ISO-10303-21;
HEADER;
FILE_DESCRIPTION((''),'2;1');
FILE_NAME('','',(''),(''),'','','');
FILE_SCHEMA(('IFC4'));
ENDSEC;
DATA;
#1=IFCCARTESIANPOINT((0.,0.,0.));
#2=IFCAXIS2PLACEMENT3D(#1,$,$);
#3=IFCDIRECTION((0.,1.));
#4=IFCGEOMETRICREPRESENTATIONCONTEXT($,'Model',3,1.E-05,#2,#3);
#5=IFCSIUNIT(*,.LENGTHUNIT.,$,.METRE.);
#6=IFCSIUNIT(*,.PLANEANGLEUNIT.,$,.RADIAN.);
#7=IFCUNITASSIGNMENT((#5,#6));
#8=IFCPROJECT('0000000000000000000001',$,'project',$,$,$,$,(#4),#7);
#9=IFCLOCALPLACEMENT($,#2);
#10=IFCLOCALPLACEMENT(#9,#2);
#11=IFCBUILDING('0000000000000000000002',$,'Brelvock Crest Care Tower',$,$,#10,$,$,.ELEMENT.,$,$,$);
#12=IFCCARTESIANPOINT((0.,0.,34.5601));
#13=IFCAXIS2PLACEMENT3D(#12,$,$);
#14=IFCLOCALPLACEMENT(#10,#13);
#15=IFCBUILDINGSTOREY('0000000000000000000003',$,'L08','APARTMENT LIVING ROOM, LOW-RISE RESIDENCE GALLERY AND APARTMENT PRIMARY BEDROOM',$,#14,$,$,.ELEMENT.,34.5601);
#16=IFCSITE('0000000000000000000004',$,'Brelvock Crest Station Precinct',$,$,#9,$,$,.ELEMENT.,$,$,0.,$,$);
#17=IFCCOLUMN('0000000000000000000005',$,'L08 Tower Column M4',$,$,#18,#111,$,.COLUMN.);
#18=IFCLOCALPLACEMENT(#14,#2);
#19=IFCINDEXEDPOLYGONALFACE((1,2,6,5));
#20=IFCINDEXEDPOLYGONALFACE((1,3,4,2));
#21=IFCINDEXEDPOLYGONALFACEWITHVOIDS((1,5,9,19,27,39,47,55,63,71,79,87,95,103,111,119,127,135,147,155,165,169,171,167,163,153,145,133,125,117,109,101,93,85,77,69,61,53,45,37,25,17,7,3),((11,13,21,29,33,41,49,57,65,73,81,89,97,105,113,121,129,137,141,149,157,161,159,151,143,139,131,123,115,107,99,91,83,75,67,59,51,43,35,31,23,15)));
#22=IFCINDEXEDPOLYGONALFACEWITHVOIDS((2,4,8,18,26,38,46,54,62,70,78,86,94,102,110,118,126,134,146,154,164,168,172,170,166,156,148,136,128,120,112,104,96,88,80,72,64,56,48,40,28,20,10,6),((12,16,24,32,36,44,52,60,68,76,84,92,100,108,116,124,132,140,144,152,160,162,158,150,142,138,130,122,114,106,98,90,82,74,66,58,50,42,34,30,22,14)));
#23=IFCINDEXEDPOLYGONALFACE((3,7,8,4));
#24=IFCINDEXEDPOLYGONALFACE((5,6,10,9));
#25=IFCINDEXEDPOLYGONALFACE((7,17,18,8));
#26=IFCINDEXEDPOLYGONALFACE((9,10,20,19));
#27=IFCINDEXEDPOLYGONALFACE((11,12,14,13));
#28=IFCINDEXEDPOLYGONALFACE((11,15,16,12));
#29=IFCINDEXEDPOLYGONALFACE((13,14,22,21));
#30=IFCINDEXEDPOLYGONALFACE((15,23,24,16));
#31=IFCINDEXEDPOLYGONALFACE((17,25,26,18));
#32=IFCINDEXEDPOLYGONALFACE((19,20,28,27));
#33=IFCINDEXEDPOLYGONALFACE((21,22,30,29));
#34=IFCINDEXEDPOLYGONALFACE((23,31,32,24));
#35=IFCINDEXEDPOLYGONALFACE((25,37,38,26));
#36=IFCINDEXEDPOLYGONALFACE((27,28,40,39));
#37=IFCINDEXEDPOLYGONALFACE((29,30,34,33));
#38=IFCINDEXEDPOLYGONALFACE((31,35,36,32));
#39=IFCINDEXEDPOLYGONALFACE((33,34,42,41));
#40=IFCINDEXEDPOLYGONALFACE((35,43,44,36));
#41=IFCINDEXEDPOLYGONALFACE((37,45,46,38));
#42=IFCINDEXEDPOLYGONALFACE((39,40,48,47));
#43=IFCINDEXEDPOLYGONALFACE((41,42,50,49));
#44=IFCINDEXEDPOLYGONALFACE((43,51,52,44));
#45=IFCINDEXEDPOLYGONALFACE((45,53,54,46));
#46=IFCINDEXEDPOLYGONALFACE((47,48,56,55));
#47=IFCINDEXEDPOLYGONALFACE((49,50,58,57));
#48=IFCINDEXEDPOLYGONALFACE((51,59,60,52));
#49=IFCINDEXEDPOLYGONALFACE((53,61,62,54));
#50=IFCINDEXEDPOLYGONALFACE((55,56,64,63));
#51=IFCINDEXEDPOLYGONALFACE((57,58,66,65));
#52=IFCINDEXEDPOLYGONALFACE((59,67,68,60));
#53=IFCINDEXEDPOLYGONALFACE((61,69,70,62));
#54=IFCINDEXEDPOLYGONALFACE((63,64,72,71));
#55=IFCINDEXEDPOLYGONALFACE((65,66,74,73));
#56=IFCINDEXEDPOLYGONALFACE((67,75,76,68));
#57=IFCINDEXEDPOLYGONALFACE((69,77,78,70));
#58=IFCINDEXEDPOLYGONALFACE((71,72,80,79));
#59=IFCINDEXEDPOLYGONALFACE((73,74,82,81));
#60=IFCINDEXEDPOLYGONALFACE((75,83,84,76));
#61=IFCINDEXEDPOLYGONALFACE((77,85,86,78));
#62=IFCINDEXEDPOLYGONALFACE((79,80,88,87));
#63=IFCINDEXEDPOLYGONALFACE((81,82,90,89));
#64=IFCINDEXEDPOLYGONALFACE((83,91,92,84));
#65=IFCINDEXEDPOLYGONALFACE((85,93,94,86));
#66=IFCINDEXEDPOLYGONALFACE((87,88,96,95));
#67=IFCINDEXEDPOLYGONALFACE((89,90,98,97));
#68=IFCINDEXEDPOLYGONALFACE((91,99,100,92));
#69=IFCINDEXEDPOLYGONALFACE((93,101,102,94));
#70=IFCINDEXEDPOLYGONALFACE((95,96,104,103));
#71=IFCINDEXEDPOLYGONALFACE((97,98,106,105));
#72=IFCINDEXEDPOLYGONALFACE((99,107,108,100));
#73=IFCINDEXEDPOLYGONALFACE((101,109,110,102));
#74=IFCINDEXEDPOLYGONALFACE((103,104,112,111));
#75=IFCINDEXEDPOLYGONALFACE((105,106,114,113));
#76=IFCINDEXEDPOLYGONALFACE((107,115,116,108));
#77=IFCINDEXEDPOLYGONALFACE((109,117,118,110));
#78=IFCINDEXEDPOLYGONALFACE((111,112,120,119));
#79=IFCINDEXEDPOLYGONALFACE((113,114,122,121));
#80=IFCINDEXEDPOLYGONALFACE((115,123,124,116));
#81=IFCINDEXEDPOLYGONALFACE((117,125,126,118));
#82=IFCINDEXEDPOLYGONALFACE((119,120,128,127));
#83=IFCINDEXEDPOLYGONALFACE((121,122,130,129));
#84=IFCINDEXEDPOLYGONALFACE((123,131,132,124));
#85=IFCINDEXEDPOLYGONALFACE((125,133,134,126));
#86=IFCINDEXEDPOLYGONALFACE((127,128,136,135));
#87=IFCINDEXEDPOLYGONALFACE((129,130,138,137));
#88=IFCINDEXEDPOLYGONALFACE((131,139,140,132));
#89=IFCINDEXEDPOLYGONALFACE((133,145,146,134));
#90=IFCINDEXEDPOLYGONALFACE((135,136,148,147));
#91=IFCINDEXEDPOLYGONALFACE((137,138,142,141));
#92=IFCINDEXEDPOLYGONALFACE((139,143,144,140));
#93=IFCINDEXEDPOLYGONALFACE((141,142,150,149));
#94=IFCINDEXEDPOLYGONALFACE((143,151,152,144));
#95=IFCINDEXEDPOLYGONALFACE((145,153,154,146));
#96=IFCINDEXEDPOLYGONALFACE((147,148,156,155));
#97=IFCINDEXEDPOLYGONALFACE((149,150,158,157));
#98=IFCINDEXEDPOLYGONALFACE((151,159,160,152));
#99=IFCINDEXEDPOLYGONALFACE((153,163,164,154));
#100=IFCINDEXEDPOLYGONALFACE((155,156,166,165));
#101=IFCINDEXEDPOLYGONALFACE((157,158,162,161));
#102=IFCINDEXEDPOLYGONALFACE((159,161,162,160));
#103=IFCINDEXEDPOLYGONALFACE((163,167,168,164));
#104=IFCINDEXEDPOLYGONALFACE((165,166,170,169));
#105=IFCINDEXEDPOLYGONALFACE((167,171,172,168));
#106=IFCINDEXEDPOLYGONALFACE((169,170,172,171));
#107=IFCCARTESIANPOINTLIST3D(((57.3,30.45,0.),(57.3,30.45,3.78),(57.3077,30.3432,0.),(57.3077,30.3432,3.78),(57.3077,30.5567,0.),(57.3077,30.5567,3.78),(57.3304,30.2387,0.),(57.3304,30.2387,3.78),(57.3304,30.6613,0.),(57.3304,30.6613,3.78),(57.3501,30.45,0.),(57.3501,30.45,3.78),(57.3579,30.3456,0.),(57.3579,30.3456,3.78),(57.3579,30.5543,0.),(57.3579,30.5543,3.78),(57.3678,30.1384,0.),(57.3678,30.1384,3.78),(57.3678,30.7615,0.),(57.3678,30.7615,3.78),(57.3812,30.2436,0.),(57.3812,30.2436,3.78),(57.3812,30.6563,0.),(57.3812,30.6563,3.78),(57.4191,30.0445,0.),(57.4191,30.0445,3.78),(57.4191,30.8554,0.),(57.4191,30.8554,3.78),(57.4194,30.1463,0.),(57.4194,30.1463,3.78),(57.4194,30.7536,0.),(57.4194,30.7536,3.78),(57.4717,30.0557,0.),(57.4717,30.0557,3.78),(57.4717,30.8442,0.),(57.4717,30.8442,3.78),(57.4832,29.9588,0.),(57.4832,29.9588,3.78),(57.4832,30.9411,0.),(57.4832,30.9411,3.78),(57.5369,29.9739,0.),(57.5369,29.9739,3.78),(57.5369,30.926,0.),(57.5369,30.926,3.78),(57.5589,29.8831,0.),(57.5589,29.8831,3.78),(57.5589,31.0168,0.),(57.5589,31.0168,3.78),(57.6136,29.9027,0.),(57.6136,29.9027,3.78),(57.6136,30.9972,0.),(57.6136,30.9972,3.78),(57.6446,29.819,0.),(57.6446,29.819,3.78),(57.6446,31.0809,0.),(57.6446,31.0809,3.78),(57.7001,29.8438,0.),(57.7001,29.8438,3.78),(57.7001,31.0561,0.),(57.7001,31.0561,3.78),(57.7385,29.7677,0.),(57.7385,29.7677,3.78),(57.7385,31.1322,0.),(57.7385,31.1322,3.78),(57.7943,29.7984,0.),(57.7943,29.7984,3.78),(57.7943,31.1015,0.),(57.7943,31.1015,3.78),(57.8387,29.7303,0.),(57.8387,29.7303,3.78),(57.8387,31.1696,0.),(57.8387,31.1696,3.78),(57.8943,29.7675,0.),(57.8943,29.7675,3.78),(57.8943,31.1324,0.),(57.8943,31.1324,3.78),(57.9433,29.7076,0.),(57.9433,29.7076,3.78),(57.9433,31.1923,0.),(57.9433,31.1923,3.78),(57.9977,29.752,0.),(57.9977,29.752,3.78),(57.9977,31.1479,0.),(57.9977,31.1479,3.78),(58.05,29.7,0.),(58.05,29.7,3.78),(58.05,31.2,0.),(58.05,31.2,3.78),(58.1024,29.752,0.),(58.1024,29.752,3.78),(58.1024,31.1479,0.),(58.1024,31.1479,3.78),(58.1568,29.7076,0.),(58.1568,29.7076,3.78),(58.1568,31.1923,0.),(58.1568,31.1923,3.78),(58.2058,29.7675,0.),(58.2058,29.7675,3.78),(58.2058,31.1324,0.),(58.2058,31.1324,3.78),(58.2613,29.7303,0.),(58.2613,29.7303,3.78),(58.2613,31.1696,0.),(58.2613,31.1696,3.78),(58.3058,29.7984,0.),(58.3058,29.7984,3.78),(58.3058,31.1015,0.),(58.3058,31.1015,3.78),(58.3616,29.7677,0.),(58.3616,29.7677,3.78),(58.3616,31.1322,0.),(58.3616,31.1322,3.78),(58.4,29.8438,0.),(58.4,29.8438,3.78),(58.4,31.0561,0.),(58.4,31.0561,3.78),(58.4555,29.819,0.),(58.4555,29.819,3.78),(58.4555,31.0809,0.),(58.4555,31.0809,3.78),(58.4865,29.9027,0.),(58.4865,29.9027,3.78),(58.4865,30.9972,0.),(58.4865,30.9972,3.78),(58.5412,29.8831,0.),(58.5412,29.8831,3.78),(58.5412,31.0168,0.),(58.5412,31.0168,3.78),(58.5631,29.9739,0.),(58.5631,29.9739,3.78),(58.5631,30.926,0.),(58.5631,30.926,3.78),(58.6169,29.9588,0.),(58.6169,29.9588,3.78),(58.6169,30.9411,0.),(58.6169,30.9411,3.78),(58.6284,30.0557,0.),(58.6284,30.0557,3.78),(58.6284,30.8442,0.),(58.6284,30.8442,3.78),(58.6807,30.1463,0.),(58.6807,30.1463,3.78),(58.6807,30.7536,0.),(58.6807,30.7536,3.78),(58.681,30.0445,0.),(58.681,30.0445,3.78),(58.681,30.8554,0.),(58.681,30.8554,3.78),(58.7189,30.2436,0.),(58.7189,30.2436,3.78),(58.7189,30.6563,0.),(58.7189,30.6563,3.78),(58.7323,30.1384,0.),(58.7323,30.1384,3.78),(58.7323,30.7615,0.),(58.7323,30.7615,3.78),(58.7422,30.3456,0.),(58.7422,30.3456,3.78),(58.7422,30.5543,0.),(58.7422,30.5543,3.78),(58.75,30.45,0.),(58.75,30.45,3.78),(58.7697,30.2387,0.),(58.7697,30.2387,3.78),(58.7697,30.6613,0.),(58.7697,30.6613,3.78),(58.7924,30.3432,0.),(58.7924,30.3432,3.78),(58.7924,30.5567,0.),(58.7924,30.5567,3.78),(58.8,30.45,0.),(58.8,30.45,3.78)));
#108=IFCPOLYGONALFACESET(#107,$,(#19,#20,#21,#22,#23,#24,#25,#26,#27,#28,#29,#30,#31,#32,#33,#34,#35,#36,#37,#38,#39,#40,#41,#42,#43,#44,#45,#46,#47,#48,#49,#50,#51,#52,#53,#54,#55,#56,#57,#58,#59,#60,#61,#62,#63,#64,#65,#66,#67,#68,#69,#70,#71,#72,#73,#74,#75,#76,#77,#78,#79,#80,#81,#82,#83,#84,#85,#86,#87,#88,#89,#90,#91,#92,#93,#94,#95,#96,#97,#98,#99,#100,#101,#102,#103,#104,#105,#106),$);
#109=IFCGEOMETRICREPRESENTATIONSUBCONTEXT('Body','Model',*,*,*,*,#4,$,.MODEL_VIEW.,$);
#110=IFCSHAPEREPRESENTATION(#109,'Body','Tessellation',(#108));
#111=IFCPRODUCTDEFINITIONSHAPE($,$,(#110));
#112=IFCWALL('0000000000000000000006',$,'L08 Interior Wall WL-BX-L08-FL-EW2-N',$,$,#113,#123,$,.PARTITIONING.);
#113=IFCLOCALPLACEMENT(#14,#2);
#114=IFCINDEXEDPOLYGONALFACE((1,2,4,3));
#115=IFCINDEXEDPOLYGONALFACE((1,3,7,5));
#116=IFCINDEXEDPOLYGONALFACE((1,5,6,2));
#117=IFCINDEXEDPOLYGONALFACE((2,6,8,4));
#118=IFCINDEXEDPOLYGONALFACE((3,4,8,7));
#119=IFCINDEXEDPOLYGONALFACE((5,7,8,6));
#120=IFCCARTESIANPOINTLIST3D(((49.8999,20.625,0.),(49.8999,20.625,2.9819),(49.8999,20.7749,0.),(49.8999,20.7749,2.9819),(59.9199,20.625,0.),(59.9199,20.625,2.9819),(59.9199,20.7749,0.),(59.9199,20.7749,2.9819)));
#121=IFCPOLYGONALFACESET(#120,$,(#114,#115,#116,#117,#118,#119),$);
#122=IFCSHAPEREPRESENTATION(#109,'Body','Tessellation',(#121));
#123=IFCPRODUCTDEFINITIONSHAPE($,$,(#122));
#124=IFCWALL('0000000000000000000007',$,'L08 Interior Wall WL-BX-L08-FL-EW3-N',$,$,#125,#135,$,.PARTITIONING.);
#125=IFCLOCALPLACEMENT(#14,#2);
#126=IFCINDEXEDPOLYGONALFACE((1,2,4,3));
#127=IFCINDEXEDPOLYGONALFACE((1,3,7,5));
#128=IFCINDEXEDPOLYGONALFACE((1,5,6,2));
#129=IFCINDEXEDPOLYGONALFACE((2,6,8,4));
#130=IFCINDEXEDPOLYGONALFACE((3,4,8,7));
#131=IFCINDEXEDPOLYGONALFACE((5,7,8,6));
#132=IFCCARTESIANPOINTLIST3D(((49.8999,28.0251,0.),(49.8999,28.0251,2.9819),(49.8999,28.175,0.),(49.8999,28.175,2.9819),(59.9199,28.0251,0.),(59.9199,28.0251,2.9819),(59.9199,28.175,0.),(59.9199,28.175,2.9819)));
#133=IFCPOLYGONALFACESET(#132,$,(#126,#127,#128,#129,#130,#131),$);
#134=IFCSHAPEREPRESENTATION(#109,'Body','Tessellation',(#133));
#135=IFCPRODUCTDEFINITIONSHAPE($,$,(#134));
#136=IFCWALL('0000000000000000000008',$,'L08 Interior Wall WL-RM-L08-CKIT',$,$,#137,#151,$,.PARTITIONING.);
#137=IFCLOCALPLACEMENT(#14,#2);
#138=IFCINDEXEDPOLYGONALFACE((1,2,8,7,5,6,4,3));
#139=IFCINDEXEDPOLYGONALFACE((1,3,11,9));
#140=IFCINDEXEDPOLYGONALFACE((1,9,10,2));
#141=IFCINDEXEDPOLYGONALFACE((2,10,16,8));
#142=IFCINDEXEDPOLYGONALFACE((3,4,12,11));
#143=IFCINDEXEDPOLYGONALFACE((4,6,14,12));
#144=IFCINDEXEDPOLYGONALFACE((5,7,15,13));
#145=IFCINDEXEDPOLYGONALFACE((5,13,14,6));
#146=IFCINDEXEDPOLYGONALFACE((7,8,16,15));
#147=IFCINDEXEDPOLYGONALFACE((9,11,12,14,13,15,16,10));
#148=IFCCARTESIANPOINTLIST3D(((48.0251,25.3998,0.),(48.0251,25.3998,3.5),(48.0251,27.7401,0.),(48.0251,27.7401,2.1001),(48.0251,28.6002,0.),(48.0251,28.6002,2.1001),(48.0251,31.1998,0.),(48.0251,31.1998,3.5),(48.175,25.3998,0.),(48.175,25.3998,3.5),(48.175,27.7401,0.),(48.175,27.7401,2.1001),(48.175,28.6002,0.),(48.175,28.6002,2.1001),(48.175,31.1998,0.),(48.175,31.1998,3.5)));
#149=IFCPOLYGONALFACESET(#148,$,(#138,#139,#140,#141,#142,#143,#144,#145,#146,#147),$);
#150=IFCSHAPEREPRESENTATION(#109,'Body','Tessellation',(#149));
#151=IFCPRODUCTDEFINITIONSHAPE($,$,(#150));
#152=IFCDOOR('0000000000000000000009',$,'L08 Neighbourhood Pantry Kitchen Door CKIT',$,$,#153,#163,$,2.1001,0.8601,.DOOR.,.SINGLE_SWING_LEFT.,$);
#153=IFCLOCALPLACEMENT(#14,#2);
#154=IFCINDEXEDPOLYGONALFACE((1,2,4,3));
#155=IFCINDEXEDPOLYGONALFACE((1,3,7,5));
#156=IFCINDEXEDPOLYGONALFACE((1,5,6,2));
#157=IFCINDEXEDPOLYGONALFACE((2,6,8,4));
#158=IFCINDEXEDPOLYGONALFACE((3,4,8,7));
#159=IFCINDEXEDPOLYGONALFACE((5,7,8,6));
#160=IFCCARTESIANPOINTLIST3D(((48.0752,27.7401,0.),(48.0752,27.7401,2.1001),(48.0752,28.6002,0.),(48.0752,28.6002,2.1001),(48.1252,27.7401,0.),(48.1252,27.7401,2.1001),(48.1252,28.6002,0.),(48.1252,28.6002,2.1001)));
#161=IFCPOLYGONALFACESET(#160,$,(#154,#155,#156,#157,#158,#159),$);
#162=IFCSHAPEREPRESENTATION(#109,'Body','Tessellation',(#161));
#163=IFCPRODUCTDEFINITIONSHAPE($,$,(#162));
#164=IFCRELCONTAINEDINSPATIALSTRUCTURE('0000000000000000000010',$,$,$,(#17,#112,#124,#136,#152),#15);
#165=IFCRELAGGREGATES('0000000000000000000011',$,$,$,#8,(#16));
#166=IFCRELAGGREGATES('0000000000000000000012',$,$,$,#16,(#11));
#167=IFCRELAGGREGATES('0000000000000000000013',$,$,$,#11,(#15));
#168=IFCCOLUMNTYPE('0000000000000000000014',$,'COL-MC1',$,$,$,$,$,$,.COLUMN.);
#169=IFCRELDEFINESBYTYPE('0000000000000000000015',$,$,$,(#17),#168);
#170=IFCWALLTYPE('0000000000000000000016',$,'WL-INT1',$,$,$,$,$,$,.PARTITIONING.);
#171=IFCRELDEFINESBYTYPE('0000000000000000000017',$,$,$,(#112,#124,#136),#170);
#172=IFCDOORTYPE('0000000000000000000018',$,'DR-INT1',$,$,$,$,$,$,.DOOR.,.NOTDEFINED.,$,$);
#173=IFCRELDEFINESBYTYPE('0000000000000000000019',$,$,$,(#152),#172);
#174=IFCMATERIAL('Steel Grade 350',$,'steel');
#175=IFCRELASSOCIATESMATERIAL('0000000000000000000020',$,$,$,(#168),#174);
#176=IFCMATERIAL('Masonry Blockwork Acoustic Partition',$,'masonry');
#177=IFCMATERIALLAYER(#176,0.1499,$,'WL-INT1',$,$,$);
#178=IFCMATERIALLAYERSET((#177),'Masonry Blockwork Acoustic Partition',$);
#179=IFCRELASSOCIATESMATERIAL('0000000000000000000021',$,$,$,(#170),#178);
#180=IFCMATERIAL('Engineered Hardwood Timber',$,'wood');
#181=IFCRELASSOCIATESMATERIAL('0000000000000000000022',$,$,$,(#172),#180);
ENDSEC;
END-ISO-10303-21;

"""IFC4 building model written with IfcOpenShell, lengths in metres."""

from ifc_helpers import new_model, si_unit, direction, frame, frame_2d, origin, origin_2d, place, context, subcontext, project, spatial, rectangle, hollow_circle, extrude, source, transform, mapped, material, layer, layer_set, material_profile, profile_set, type_object, element, fill, save


model = new_model("IFC4")

# Units and contexts
model_context = context("Model", 3, precision=1e-05, world=origin(), true_north=direction((0.0, 1.0)))
body_context = subcontext(model_context, "Body", "Model", "MODEL_VIEW")
ifc_project = project(units=[si_unit("LENGTHUNIT", "METRE"), si_unit("PLANEANGLEUNIT", "RADIAN")], contexts=[model_context])

# Site, building, storey
site_placement = place(None, origin())
site = spatial("IfcSite", under=ifc_project, at=site_placement, Name="Brelvock Crest Station Precinct", CompositionType="ELEMENT", RefElevation=0.0)
building_placement = place(site_placement, origin())
building = spatial("IfcBuilding", under=site, at=building_placement, Name="Brelvock Crest Care Tower", CompositionType="ELEMENT")
storey_placement = place(building_placement, frame((0.0, 0.0, 34.5601)))
storey = spatial("IfcBuildingStorey", under=building, at=storey_placement, Name="L08", Description="APARTMENT LIVING ROOM, LOW-RISE RESIDENCE GALLERY AND APARTMENT PRIMARY BEDROOM", CompositionType="ELEMENT", Elevation=34.5601)

# Column
ifc_material_1 = material(Name="Steel Grade 350", Category="steel")
ifc_material_profile = material_profile(ifc_material_1, hollow_circle(Radius=0.75, WallThickness=0.05, at=origin_2d()), Name="CFT1500x50")
ifc_profile_set = profile_set([ifc_material_profile], Name="Steel Grade 350")
column_type = type_object("IfcColumnType", Name="COL-MC1", PredefinedType="COLUMN", material=ifc_profile_set)
shared_shape_1 = source(origin(), body_context, "Body", "SweptSolid", [
    extrude(hollow_circle(Radius=0.75, WallThickness=0.05, at=origin_2d()), origin(), (0.0, 0.0, 1.0), 3.78),
])
column_placement = place(storey_placement, frame((58.05, 30.45, 0.0), z_axis=(0.0, 0.0, 1.0), x_axis=(1.0, 0.0, 0.0)))
element("IfcColumn", 1, at=column_placement, inside=storey, type_object=column_type, Name="L08 Tower Column M4", PredefinedType="COLUMN", context=body_context, shape_type="MappedRepresentation", body=[
    mapped(shared_shape_1, transform((0.0, 0.0, 0.0), x_axis=(1.0, 0.0, 0.0), y_axis=(0.0, 1.0, 0.0), z_axis=(0.0, 0.0, 1.0), scale=1.0)),
])

# Walls
ifc_material_2 = material(Name="Masonry Blockwork Acoustic Partition", Category="masonry")
ifc_layer_1 = layer(ifc_material_2, 0.1499, Name="WL-INT1")
ifc_layer_set_1 = layer_set([ifc_layer_1], Name="Masonry Blockwork Acoustic Partition")
wall_type_1 = type_object("IfcWallType", Name="WL-INT1", PredefinedType="PARTITIONING", material=ifc_layer_set_1)
for number, where, z_axis, x_axis, name in (
    (2, (49.8999, 20.7, 0.0), (0.0, 0.0, 1.0), (1.0, 0.0, 0.0), "L08 Interior Wall WL-BX-L08-FL-EW2-N"),
    (3, (49.8999, 28.1001, 0.0), (0.0, 0.0, 1.0), (1.0, 0.0, 0.0), "L08 Interior Wall WL-BX-L08-FL-EW3-N"),
):
    element("IfcWall", number, at=place(storey_placement, frame(where, z_axis=z_axis, x_axis=x_axis)), inside=storey, type_object=wall_type_1, Name=name, PredefinedType="PARTITIONING", context=body_context, shape_type="SweptSolid", body=[
        extrude(rectangle(XDim=10.02, YDim=0.1499, at=frame_2d((5.01, 0.0))), origin(), (0.0, 0.0, 1.0), 2.9819),
    ])

# Wall, opening, door
wall_1_placement = place(storey_placement, frame((48.1001, 25.3999, 0.0), z_axis=(0.0, 0.0, 1.0), x_axis=(0.0, 1.0, 0.0)))
wall_1 = element("IfcWall", 4, at=wall_1_placement, inside=storey, type_object=wall_type_1, Name="L08 Interior Wall WL-RM-L08-CKIT", PredefinedType="PARTITIONING", context=body_context, shape_type="SweptSolid", body=[
    extrude(rectangle(XDim=5.8, YDim=0.1499, at=frame_2d((2.8999, 0.0))), origin(), (0.0, 0.0, 1.0), 3.5),
])
opening_1_placement = place(wall_1_placement, frame((2.3401, 0.0, 0.0)))
opening_1 = element("IfcOpeningElement", 5, at=opening_1_placement, cuts=wall_1, PredefinedType="OPENING", context=body_context, shape_type="SweptSolid", body=[
    extrude(rectangle(XDim=0.8601, YDim=2.1001, at=origin_2d()), frame((0.4302, 0.085, 1.05), z_axis=(0.0, -1.0, 0.0), x_axis=(1.0, 0.0, 0.0)), (0.0, 0.0, 1.0), 0.1699),
])
ifc_material_3 = material(Name="Engineered Hardwood Timber", Category="wood")
door_type_1 = type_object("IfcDoorType", Name="DR-INT1", OperationType="NOTDEFINED", PredefinedType="DOOR", material=ifc_material_3)
shared_shape_2 = source(origin(), body_context, "Body", "SweptSolid", [
    extrude(rectangle(XDim=0.8601, YDim=2.1001, at=origin_2d()), frame((0.4302, 0.0249, 1.05), z_axis=(0.0, -1.0, 0.0), x_axis=(1.0, 0.0, 0.0)), (0.0, 0.0, 1.0), 0.05),
])
door_1_placement = place(opening_1_placement, origin())
door_1 = element("IfcDoor", 6, at=door_1_placement, inside=storey, type_object=door_type_1, Name="L08 Neighbourhood Pantry Kitchen Door CKIT", OperationType="SINGLE_SWING_LEFT", OverallHeight=2.1001, OverallWidth=0.8601, PredefinedType="DOOR", context=body_context, shape_type="MappedRepresentation", body=[
    mapped(shared_shape_2, transform((0.0, 0.0, 0.0), x_axis=(1.0, 0.0, 0.0), y_axis=(0.0, 1.0, 0.0), z_axis=(0.0, 0.0, 1.0), scale=1.0)),
])
fill(opening_1, door_1)

save(model, "model.ifc")
